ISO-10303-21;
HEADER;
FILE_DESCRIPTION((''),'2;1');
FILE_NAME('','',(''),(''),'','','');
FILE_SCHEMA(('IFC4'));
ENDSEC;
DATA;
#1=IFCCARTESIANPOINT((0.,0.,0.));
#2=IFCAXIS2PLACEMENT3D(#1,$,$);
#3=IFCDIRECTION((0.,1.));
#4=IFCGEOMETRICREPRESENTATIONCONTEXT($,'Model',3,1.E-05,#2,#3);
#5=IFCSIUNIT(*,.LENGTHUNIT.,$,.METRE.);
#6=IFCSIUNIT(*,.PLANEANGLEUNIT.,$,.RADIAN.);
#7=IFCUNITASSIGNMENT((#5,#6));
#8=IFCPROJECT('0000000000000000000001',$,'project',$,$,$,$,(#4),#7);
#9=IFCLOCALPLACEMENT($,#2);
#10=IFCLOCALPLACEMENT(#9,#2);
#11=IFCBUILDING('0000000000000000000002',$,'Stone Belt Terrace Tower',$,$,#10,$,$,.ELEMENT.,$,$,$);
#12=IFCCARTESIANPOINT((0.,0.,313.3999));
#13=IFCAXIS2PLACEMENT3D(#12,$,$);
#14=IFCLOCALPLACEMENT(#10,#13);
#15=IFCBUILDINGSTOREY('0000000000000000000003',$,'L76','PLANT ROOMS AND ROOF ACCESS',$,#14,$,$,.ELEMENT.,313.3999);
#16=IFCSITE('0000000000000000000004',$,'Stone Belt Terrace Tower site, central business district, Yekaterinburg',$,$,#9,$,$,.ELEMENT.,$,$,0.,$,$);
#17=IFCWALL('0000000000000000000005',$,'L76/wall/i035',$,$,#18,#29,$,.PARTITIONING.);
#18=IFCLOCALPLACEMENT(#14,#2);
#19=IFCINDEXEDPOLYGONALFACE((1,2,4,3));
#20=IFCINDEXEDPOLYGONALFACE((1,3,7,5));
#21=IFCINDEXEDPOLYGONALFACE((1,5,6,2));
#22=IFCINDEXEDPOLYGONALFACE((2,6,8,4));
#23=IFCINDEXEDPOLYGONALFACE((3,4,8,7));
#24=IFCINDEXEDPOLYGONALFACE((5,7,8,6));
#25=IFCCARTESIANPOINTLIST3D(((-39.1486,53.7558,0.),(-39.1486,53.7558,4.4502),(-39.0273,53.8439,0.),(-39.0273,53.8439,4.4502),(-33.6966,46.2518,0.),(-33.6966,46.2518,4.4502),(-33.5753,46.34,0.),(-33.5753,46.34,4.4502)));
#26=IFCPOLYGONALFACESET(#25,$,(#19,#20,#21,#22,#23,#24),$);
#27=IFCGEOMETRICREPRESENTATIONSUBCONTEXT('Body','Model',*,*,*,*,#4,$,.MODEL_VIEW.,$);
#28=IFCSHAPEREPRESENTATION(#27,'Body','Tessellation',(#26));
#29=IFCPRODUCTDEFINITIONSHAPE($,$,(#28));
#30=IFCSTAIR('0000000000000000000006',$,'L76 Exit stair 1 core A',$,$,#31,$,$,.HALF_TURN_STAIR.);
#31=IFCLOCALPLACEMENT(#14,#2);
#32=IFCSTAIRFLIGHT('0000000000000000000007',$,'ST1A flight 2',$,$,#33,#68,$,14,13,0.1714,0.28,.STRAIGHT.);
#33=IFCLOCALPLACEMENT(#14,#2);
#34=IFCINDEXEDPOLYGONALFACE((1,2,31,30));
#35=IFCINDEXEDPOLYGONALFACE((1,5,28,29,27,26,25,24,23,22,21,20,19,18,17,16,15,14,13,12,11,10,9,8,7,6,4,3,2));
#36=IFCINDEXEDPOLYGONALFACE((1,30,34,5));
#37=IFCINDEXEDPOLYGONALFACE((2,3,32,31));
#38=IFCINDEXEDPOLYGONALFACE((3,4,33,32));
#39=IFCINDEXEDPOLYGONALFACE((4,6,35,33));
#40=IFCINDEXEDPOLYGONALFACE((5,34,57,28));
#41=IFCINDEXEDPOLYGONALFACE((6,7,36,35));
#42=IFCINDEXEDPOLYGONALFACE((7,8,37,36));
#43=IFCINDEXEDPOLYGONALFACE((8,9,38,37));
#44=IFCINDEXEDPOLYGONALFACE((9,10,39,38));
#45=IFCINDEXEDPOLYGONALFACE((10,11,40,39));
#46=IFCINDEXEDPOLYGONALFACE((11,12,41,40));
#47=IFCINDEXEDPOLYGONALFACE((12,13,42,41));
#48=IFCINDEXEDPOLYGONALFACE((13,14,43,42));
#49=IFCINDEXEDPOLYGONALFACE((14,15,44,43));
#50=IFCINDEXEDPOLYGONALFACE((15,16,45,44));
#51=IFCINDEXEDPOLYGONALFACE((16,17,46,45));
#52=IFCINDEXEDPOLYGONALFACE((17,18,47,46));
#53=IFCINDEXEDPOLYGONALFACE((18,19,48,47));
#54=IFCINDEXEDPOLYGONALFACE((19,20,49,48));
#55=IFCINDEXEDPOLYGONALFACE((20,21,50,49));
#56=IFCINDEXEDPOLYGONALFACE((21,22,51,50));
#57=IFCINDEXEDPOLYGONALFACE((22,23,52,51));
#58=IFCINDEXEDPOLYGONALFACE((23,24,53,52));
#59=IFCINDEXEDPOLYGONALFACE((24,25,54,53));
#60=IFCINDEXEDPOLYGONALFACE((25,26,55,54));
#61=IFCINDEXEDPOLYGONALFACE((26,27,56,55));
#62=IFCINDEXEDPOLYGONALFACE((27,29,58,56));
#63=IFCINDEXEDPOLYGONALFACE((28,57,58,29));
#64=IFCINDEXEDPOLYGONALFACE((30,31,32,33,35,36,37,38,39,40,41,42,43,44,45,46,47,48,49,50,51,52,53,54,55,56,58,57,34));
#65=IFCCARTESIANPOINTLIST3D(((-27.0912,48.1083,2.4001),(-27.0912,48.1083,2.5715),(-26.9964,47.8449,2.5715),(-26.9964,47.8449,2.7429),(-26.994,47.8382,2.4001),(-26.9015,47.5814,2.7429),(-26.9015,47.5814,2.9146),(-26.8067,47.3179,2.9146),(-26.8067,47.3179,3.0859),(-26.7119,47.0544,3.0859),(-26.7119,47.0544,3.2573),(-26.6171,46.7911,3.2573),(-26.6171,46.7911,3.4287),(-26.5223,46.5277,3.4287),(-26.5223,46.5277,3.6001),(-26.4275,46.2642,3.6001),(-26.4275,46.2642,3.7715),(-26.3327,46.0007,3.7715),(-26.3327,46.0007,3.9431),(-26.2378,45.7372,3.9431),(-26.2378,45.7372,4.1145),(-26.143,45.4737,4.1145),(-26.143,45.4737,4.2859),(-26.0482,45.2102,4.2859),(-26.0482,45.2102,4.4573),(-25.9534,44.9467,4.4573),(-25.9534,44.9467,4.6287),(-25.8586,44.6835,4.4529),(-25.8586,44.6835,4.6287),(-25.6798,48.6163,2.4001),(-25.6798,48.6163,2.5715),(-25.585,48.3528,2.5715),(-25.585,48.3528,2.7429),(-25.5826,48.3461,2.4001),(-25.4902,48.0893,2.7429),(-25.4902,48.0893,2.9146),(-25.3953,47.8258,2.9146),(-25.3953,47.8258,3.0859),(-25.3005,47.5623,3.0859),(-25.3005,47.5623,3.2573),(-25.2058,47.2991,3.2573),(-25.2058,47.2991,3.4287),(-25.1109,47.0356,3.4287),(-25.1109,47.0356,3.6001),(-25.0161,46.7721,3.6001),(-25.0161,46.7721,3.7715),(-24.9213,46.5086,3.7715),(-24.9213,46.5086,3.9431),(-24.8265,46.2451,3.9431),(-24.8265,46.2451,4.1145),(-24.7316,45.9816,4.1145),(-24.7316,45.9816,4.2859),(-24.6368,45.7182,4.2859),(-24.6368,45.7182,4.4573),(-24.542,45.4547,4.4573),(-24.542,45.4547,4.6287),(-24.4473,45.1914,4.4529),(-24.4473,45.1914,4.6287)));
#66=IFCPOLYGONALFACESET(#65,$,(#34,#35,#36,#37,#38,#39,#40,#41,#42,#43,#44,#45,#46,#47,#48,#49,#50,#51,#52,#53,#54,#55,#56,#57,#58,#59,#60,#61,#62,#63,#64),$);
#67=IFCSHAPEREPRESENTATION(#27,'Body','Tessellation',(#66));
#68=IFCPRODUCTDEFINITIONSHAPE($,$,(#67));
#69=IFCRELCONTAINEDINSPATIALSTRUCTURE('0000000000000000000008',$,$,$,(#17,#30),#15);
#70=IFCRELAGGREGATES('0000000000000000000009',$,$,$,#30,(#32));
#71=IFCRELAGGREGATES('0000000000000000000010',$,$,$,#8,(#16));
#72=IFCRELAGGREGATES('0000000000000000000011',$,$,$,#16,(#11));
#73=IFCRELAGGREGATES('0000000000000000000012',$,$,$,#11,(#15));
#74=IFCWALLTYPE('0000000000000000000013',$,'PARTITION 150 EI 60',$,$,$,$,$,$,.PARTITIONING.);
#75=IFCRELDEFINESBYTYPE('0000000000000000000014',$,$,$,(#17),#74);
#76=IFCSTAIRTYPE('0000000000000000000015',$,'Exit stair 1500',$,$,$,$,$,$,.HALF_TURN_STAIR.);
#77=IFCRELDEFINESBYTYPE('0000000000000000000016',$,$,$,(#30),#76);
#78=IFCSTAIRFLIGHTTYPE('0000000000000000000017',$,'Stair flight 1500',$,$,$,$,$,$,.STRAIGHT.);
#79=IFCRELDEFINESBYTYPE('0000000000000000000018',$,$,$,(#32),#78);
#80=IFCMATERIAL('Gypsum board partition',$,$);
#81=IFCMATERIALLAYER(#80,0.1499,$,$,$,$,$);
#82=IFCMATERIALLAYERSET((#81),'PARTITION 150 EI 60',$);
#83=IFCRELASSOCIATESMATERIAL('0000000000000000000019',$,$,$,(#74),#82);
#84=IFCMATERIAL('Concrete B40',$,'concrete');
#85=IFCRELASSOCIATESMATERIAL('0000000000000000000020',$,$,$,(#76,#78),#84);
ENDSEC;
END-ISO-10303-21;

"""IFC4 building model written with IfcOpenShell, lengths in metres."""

from ifc_helpers import new_model, si_unit, direction, frame, frame_2d, origin, place, context, subcontext, project, spatial, polyline, rectangle, outline, extrude, material, layer, layer_set, type_object, element, aggregate, save


model = new_model("IFC4")

# Units and contexts
model_context = context("Model", 3, precision=1e-05, world=origin(), true_north=direction((0.0, 1.0)))
body_context = subcontext(model_context, "Body", "Model", "MODEL_VIEW")
ifc_project = project(units=[si_unit("LENGTHUNIT", "METRE"), si_unit("PLANEANGLEUNIT", "RADIAN")], contexts=[model_context])

# Site, building, storey
site_placement = place(None, origin())
site = spatial("IfcSite", under=ifc_project, at=site_placement, Name="Stone Belt Terrace Tower site, central business district, Yekaterinburg", CompositionType="ELEMENT", RefElevation=0.0)
building_placement = place(site_placement, origin())
building = spatial("IfcBuilding", under=site, at=building_placement, Name="Stone Belt Terrace Tower", CompositionType="ELEMENT")
storey_placement = place(building_placement, frame((0.0, 0.0, 313.3999)))
storey = spatial("IfcBuildingStorey", under=building, at=storey_placement, Name="L76", Description="PLANT ROOMS AND ROOF ACCESS", CompositionType="ELEMENT", Elevation=313.3999)

# Shared definitions
ifc_material_1 = material(Name="Gypsum board partition")
ifc_layer_1 = layer(ifc_material_1, 0.1499)
ifc_layer_set_1 = layer_set([ifc_layer_1], Name="PARTITION 150 EI 60")
wall_type_1 = type_object("IfcWallType", Name="PARTITION 150 EI 60", PredefinedType="PARTITIONING", material=ifc_layer_set_1)

# Wall
wall_1_placement = place(storey_placement, frame((-33.636, 46.2959, 0.0), z_axis=(0.0, 0.0, 1.0), x_axis=(-0.587785, 0.809017, 0.0)))
element("IfcWall", 1, at=wall_1_placement, inside=storey, type_object=wall_type_1, Name="L76/wall/i035", PredefinedType="PARTITIONING", context=body_context, shape_type="SweptSolid", body=[
    extrude(rectangle(XDim=9.2754, YDim=0.1499, at=frame_2d((4.6377, 0.0))), origin(), (0.0, 0.0, 1.0), 4.4502),
])

# Stair, stair flight
ifc_material_2 = material(Name="Concrete B40", Category="concrete")
stair_type = type_object("IfcStairType", Name="Exit stair 1500", PredefinedType="HALF_TURN_STAIR", material=ifc_material_2)
stair_placement = place(storey_placement, origin())
stair = element("IfcStair", 2, at=stair_placement, inside=storey, type_object=stair_type, Name="L76 Exit stair 1 core A", PredefinedType="HALF_TURN_STAIR")
stair_flight_type = type_object("IfcStairFlightType", Name="Stair flight 1500", PredefinedType="STRAIGHT", material=ifc_material_2)
stair_flight_placement = place(storey_placement, frame((-26.3855, 48.3623, 2.4001), z_axis=(0.0, 0.0, 1.0), x_axis=(0.338624, -0.940922, 0.0)))
stair_flight = element("IfcStairFlight", 3, at=stair_flight_placement, type_object=stair_flight_type, Name="ST1A flight 2", NumberOfRisers=14, NumberOfTreads=13, PredefinedType="STRAIGHT", RiserHeight=0.1714, TreadLength=0.28, context=body_context, shape_type="SweptSolid", body=[
    extrude(outline(polyline([(0.0, 0.0), (0.0, 0.1714), (0.28, 0.1714), (0.28, 0.3428), (0.5601, 0.3428), (0.5601, 0.5144), (0.8401, 0.5144), (0.8401, 0.6858), (1.1201, 0.6858), (1.1201, 0.8572), (1.3999, 0.8572), (1.3999, 1.0286), (1.6799, 1.0286), (1.6799, 1.2), (1.96, 1.2), (1.96, 1.3713), (2.24, 1.3713), (2.24, 1.543), (2.52, 1.543), (2.52, 1.7144), (2.8, 1.7144), (2.8, 1.8857), (3.0801, 1.8857), (3.0801, 2.0571), (3.3601, 2.0571), (3.3601, 2.2285), (3.6399, 2.2285), (3.6399, 2.3999), (3.6399, 2.0527), (0.2871, 0.0), (0.0, 0.0)])), frame((0.0, 0.75, 0.0), z_axis=(0.0, -1.0, 0.0), x_axis=(1.0, 0.0, 0.0)), (0.0, 0.0, 1.0), 1.5),
])
aggregate(stair, [stair_flight])

save(model, "model.ifc")
